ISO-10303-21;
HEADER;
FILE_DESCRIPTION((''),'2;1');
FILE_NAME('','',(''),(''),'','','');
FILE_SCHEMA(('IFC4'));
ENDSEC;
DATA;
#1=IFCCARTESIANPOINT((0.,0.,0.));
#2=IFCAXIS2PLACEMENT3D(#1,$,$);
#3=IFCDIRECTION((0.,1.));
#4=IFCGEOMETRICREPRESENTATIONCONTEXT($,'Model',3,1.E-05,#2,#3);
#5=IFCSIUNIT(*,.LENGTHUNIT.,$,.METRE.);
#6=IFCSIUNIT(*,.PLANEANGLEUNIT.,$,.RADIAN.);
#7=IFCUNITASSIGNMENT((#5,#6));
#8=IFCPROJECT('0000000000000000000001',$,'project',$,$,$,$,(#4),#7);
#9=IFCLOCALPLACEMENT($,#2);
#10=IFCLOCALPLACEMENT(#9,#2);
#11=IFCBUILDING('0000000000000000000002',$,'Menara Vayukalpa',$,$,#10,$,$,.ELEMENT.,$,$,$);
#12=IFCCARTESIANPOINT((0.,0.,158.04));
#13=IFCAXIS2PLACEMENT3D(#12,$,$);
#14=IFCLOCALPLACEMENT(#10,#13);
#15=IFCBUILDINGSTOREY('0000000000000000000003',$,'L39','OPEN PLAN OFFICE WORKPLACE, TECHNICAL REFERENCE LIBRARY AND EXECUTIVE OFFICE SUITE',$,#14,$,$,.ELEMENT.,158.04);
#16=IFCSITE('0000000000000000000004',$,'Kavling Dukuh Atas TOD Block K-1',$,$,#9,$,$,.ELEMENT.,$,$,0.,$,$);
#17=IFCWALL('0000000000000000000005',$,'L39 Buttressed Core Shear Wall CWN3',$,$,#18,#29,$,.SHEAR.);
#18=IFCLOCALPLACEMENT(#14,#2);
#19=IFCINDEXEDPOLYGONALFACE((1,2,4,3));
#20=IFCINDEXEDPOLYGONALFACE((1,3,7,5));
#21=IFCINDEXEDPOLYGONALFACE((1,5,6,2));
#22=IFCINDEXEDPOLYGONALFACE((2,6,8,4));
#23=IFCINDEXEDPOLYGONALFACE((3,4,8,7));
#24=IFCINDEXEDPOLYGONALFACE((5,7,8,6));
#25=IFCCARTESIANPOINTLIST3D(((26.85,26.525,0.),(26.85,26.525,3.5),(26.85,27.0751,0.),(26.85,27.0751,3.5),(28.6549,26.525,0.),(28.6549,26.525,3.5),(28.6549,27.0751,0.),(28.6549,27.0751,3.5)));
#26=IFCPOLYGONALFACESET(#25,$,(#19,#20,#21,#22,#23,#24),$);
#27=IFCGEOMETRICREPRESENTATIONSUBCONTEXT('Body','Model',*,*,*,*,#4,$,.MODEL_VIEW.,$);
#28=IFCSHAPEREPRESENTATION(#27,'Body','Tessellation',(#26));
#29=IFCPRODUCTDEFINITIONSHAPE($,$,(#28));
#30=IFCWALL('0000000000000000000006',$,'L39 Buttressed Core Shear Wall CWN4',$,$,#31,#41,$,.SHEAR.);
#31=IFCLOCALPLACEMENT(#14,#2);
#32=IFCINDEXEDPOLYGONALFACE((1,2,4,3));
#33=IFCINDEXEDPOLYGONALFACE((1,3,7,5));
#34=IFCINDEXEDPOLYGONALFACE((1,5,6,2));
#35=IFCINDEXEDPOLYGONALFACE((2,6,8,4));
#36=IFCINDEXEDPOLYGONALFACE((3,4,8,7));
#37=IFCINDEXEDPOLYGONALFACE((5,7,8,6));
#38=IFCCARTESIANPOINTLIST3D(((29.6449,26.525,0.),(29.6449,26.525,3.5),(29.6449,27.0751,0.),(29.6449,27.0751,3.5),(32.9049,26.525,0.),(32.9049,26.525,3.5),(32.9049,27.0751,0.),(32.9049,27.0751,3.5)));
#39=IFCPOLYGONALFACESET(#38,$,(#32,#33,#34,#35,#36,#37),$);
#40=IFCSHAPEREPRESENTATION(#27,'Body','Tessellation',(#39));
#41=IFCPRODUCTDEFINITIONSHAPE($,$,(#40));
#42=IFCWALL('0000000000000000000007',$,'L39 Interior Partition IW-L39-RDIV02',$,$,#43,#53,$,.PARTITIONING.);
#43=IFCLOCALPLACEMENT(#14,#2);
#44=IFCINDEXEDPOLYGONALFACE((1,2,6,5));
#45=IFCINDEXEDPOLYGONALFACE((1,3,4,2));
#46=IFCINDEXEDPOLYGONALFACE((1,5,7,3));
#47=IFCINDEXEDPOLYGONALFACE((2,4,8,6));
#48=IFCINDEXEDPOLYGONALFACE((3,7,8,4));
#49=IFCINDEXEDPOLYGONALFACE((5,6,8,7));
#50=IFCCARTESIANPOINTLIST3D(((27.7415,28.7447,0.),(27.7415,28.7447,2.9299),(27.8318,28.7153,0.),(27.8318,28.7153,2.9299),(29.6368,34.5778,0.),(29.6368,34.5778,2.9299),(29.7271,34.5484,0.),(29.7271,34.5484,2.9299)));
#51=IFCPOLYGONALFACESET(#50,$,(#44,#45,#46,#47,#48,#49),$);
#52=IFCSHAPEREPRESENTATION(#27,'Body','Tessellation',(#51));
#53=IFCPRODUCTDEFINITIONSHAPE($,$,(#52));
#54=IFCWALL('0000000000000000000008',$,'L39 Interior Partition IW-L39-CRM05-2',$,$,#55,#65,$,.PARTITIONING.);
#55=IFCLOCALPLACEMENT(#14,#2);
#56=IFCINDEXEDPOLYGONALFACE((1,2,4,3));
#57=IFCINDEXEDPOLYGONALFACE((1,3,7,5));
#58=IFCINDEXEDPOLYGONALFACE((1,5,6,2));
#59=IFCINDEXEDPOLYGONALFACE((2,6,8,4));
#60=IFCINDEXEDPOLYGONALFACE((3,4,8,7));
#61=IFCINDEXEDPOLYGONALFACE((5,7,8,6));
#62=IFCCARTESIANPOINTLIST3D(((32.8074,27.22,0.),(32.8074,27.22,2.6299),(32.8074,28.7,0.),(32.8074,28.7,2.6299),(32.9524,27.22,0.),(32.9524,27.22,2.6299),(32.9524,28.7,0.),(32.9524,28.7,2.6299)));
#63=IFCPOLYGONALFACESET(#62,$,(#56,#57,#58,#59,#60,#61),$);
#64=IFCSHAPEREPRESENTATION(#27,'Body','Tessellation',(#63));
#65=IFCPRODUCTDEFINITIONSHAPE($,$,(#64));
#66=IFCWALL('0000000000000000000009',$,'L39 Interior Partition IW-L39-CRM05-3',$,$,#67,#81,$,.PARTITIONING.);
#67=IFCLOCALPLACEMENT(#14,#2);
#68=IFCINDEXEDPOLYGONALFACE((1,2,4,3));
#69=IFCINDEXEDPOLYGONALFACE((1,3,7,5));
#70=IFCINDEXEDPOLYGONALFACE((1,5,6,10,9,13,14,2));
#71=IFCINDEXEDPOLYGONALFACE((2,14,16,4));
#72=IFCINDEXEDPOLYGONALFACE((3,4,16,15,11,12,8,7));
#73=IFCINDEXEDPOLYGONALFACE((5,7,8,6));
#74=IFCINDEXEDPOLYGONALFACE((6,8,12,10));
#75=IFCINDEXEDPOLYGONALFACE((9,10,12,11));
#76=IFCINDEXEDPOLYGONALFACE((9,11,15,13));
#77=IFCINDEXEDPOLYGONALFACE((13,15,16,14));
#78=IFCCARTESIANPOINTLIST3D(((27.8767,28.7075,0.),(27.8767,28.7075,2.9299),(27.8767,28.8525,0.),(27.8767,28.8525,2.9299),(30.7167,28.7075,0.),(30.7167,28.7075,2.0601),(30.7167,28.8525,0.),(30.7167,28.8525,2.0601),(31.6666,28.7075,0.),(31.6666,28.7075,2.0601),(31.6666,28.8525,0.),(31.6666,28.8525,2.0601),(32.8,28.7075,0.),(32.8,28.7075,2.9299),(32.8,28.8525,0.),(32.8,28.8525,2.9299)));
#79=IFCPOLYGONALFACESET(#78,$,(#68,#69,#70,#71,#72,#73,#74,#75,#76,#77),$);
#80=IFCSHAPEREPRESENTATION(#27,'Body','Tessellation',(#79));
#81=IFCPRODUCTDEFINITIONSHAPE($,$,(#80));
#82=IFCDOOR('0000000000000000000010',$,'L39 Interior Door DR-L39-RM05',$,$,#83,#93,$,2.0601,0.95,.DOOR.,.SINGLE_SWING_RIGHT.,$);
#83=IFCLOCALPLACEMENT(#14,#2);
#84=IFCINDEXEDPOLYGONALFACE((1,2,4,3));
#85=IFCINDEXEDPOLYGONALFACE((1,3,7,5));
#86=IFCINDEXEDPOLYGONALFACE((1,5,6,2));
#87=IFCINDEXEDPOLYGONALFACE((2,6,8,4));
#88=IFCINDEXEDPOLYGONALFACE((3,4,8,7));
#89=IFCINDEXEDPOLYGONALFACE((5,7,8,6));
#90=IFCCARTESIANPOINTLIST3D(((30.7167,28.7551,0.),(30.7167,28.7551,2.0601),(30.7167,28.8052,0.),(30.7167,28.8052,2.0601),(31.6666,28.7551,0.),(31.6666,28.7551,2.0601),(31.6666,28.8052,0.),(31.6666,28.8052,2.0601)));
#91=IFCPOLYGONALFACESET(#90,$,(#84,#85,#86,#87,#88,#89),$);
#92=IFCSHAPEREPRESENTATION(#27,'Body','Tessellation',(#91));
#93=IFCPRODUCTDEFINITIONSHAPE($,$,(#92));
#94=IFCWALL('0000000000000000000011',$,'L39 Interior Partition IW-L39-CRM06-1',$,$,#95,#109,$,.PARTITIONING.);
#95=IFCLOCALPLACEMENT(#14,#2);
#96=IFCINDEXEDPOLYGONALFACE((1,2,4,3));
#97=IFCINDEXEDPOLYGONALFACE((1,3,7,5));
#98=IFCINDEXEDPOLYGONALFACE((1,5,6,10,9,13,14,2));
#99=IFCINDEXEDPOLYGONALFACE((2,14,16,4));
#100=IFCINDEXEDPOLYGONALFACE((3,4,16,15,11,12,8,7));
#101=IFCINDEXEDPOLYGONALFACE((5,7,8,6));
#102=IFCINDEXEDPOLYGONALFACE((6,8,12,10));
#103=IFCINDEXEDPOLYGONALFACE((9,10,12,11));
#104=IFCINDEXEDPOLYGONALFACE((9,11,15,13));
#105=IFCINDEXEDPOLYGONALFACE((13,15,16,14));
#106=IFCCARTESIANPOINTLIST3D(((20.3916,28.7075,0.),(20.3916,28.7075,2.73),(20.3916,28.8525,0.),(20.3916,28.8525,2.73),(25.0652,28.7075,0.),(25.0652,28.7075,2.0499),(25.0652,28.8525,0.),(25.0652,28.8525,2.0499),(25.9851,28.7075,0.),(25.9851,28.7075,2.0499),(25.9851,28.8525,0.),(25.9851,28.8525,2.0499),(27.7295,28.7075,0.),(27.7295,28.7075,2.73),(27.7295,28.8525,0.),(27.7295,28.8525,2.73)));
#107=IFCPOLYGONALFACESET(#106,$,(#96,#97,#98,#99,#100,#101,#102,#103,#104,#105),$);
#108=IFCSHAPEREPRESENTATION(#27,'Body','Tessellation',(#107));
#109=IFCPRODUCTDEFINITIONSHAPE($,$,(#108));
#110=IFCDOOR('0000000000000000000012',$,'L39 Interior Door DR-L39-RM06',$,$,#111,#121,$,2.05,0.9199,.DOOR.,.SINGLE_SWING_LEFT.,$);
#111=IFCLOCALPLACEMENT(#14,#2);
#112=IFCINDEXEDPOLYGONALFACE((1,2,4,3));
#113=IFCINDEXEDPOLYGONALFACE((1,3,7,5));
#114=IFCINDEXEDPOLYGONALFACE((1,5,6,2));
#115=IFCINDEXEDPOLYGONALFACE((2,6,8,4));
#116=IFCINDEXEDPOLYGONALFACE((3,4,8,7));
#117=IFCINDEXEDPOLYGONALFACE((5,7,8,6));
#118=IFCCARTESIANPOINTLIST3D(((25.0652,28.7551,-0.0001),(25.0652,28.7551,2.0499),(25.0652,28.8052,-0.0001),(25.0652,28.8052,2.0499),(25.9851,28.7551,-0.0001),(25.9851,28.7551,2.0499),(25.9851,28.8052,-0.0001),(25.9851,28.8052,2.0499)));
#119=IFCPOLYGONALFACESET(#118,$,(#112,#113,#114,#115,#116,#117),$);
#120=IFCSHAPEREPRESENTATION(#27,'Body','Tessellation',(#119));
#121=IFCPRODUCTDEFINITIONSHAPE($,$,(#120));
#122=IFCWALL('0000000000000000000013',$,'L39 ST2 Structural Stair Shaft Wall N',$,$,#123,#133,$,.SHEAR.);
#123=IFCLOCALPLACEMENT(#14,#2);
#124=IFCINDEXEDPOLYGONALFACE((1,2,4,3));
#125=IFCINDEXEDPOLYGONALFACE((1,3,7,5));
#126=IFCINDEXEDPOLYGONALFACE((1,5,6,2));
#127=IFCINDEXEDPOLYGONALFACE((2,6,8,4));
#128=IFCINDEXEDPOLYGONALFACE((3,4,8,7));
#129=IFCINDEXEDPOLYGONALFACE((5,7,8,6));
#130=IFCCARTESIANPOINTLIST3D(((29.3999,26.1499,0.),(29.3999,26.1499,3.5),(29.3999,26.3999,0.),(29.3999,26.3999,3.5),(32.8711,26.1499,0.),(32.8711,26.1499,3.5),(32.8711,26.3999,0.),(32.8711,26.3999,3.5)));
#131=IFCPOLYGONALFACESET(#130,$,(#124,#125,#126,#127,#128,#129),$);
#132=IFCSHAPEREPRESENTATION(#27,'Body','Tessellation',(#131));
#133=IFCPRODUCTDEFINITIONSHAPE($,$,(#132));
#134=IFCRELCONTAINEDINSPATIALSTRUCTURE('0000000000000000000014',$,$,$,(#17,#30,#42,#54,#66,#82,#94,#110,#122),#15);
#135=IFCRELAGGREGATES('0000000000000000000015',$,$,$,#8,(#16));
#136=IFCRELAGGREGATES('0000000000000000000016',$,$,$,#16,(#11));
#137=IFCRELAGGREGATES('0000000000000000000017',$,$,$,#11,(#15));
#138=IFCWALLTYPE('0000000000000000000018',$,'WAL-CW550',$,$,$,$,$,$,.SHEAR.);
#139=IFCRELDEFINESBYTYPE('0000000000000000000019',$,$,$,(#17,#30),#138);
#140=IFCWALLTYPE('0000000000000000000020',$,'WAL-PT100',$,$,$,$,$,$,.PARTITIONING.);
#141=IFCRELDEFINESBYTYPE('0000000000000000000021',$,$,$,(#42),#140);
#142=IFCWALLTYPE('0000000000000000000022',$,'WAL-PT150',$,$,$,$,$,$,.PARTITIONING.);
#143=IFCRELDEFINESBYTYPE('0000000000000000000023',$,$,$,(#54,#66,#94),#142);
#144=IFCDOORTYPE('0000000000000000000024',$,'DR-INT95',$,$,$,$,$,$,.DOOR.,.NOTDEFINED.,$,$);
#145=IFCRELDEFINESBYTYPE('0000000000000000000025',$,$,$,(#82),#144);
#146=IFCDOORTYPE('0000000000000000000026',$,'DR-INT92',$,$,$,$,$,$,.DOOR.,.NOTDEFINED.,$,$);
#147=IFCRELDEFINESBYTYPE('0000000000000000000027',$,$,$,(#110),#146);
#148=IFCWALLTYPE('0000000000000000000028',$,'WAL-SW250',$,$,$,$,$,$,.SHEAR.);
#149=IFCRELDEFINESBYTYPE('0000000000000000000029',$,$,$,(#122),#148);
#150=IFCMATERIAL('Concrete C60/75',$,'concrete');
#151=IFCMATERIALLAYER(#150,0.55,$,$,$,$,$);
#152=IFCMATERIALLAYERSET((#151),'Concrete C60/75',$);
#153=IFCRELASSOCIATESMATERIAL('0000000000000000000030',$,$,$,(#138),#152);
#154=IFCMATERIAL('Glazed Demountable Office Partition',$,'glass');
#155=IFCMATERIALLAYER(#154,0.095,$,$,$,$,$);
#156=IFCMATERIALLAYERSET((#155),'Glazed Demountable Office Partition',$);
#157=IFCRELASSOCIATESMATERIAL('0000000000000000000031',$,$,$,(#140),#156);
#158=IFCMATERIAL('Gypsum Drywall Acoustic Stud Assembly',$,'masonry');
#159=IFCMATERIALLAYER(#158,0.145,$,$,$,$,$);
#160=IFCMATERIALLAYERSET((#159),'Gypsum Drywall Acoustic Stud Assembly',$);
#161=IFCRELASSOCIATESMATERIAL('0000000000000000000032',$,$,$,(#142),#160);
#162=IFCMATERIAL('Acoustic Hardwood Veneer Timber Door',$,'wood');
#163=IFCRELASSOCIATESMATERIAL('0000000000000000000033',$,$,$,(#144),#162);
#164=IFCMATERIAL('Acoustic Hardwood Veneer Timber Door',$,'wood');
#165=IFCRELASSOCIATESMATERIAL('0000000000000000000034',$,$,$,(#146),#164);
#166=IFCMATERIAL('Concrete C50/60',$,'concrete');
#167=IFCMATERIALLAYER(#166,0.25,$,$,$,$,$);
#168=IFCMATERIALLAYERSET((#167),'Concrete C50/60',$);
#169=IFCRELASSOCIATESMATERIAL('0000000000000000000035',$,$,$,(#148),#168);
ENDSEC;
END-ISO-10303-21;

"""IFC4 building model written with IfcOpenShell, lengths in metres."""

from ifc_helpers import new_model, si_unit, direction, frame, frame_2d, origin, place, context, subcontext, project, spatial, rectangle, extrude, material, layer, layer_set, type_object, element, fill, save


model = new_model("IFC4")

# Units and contexts
model_context = context("Model", 3, precision=1e-05, world=origin(), true_north=direction((0.0, 1.0)))
body_context = subcontext(model_context, "Body", "Model", "MODEL_VIEW")
ifc_project = project(units=[si_unit("LENGTHUNIT", "METRE"), si_unit("PLANEANGLEUNIT", "RADIAN")], contexts=[model_context])

# Site, building, storey
site_placement = place(None, origin())
site = spatial("IfcSite", under=ifc_project, at=site_placement, Name="Kavling Dukuh Atas TOD Block K-1", CompositionType="ELEMENT", RefElevation=0.0)
building_placement = place(site_placement, origin())
building = spatial("IfcBuilding", under=site, at=building_placement, Name="Menara Vayukalpa", CompositionType="ELEMENT")
storey_placement = place(building_placement, frame((0.0, 0.0, 158.04)))
storey = spatial("IfcBuildingStorey", under=building, at=storey_placement, Name="L39", Description="OPEN PLAN OFFICE WORKPLACE, TECHNICAL REFERENCE LIBRARY AND EXECUTIVE OFFICE SUITE", CompositionType="ELEMENT", Elevation=158.04)

# Walls
ifc_material_1 = material(Name="Concrete C60/75", Category="concrete")
ifc_layer_1 = layer(ifc_material_1, 0.55)
ifc_layer_set_1 = layer_set([ifc_layer_1], Name="Concrete C60/75")
wall_type_1 = type_object("IfcWallType", Name="WAL-CW550", PredefinedType="SHEAR", material=ifc_layer_set_1)
wall_1_placement = place(storey_placement, frame((26.8501, 26.8, 0.0), z_axis=(0.0, 0.0, 1.0), x_axis=(1.0, 0.0, 0.0)))
element("IfcWall", 1, at=wall_1_placement, inside=storey, type_object=wall_type_1, Name="L39 Buttressed Core Shear Wall CWN3", PredefinedType="SHEAR", context=body_context, shape_type="SweptSolid", body=[
    extrude(rectangle(XDim=1.8049, YDim=0.55, at=frame_2d((0.9023, 0.0))), origin(), (0.0, 0.0, 1.0), 3.5),
])
wall_2_placement = place(storey_placement, frame((29.645, 26.8, 0.0), z_axis=(0.0, 0.0, 1.0), x_axis=(1.0, 0.0, 0.0)))
element("IfcWall", 2, at=wall_2_placement, inside=storey, type_object=wall_type_1, Name="L39 Buttressed Core Shear Wall CWN4", PredefinedType="SHEAR", context=body_context, shape_type="SweptSolid", body=[
    extrude(rectangle(XDim=3.26, YDim=0.55, at=frame_2d((1.6299, 0.0))), origin(), (0.0, 0.0, 1.0), 3.5),
])
ifc_material_2 = material(Name="Glazed Demountable Office Partition", Category="glass")
ifc_layer_2 = layer(ifc_material_2, 0.095)
ifc_layer_set_2 = layer_set([ifc_layer_2], Name="Glazed Demountable Office Partition")
wall_type_2 = type_object("IfcWallType", Name="WAL-PT100", PredefinedType="PARTITIONING", material=ifc_layer_set_2)
wall_3_placement = place(storey_placement, frame((27.7866, 28.73, 0.0), z_axis=(0.0, 0.0, 1.0), x_axis=(0.309018, 0.951056, 0.0)))
element("IfcWall", 3, at=wall_3_placement, inside=storey, type_object=wall_type_2, Name="L39 Interior Partition IW-L39-RDIV02", PredefinedType="PARTITIONING", context=body_context, shape_type="SweptSolid", body=[
    extrude(rectangle(XDim=6.1333, YDim=0.095, at=frame_2d((3.0667, 0.0))), origin(), (0.0, 0.0, 1.0), 2.9299),
])
ifc_material_3 = material(Name="Gypsum Drywall Acoustic Stud Assembly", Category="masonry")
ifc_layer_3 = layer(ifc_material_3, 0.145)
ifc_layer_set_3 = layer_set([ifc_layer_3], Name="Gypsum Drywall Acoustic Stud Assembly")
wall_type_3 = type_object("IfcWallType", Name="WAL-PT150", PredefinedType="PARTITIONING", material=ifc_layer_set_3)
wall_4_placement = place(storey_placement, frame((32.8799, 27.22, 0.0), z_axis=(0.0, 0.0, 1.0), x_axis=(0.0, 1.0, 0.0)))
element("IfcWall", 4, at=wall_4_placement, inside=storey, type_object=wall_type_3, Name="L39 Interior Partition IW-L39-CRM05-2", PredefinedType="PARTITIONING", context=body_context, shape_type="SweptSolid", body=[
    extrude(rectangle(XDim=1.48, YDim=0.145, at=frame_2d((0.74, 0.0))), origin(), (0.0, 0.0, 1.0), 2.6299),
])

# Walls, openings, doors
wall_5_placement = place(storey_placement, frame((32.8, 28.78, 0.0), z_axis=(0.0, 0.0, 1.0), x_axis=(-1.0, 0.0, 0.0)))
wall_5 = element("IfcWall", 5, at=wall_5_placement, inside=storey, type_object=wall_type_3, Name="L39 Interior Partition IW-L39-CRM05-3", PredefinedType="PARTITIONING", context=body_context, shape_type="SweptSolid", body=[
    extrude(rectangle(XDim=4.9233, YDim=0.145, at=frame_2d((2.4617, 0.0))), origin(), (0.0, 0.0, 1.0), 2.9299),
])
opening_1_placement = place(wall_5_placement, frame((1.1333, 0.0, 0.0)))
opening_1 = element("IfcOpeningElement", 6, at=opening_1_placement, cuts=wall_5, PredefinedType="OPENING", context=body_context, shape_type="SweptSolid", body=[
    extrude(rectangle(XDim=0.95, YDim=2.0601, at=frame_2d((0.4751, 1.03))), frame((0.0, 0.0825, 0.0), z_axis=(0.0, -1.0, 0.0), x_axis=(1.0, 0.0, 0.0)), (0.0, 0.0, 1.0), 0.165),
])
ifc_material_4 = material(Name="Acoustic Hardwood Veneer Timber Door", Category="wood")
door_type_1 = type_object("IfcDoorType", Name="DR-INT95", OperationType="NOTDEFINED", PredefinedType="DOOR", material=ifc_material_4)
door_1_placement = place(opening_1_placement, origin())
door_1 = element("IfcDoor", 7, at=door_1_placement, inside=storey, type_object=door_type_1, Name="L39 Interior Door DR-L39-RM05", OperationType="SINGLE_SWING_RIGHT", OverallHeight=2.0601, OverallWidth=0.95, PredefinedType="DOOR", context=body_context, shape_type="SweptSolid", body=[
    extrude(rectangle(XDim=0.95, YDim=2.0601, at=frame_2d((0.4751, 1.03))), frame((0.0, 0.0249, 0.0), z_axis=(0.0, -1.0, 0.0), x_axis=(1.0, 0.0, 0.0)), (0.0, 0.0, 1.0), 0.05),
])
fill(opening_1, door_1)
wall_6_placement = place(storey_placement, frame((27.7295, 28.78, 0.0), z_axis=(0.0, 0.0, 1.0), x_axis=(-1.0, 0.0, 0.0)))
wall_6 = element("IfcWall", 8, at=wall_6_placement, inside=storey, type_object=wall_type_3, Name="L39 Interior Partition IW-L39-CRM06-1", PredefinedType="PARTITIONING", context=body_context, shape_type="SweptSolid", body=[
    extrude(rectangle(XDim=7.3379, YDim=0.145, at=frame_2d((3.6689, 0.0))), origin(), (0.0, 0.0, 1.0), 2.73),
])
opening_2_placement = place(wall_6_placement, frame((1.7444, 0.0, 0.0)))
opening_2 = element("IfcOpeningElement", 9, at=opening_2_placement, cuts=wall_6, PredefinedType="OPENING", context=body_context, shape_type="SweptSolid", body=[
    extrude(rectangle(XDim=0.9199, YDim=2.05, at=frame_2d((0.46, 1.0249))), frame((0.0, 0.0825, 0.0), z_axis=(0.0, -1.0, 0.0), x_axis=(1.0, 0.0, 0.0)), (0.0, 0.0, 1.0), 0.165),
])
ifc_material_5 = material(Name="Acoustic Hardwood Veneer Timber Door", Category="wood")
door_type_2 = type_object("IfcDoorType", Name="DR-INT92", OperationType="NOTDEFINED", PredefinedType="DOOR", material=ifc_material_5)
door_2_placement = place(opening_2_placement, origin())
door_2 = element("IfcDoor", 10, at=door_2_placement, inside=storey, type_object=door_type_2, Name="L39 Interior Door DR-L39-RM06", OperationType="SINGLE_SWING_LEFT", OverallHeight=2.05, OverallWidth=0.9199, PredefinedType="DOOR", context=body_context, shape_type="SweptSolid", body=[
    extrude(rectangle(XDim=0.9199, YDim=2.05, at=frame_2d((0.46, 1.0249))), frame((0.0, 0.0249, 0.0), z_axis=(0.0, -1.0, 0.0), x_axis=(1.0, 0.0, 0.0)), (0.0, 0.0, 1.0), 0.05),
])
fill(opening_2, door_2)

# Wall
ifc_material_6 = material(Name="Concrete C50/60", Category="concrete")
ifc_layer_4 = layer(ifc_material_6, 0.25)
ifc_layer_set_4 = layer_set([ifc_layer_4], Name="Concrete C50/60")
wall_type_4 = type_object("IfcWallType", Name="WAL-SW250", PredefinedType="SHEAR", material=ifc_layer_set_4)
wall_7_placement = place(storey_placement, frame((29.3999, 26.2749, 0.0), z_axis=(0.0, 0.0, 1.0), x_axis=(1.0, 0.0, 0.0)))
element("IfcWall", 11, at=wall_7_placement, inside=storey, type_object=wall_type_4, Name="L39 ST2 Structural Stair Shaft Wall N", PredefinedType="SHEAR", context=body_context, shape_type="SweptSolid", body=[
    extrude(rectangle(XDim=3.4712, YDim=0.25, at=frame_2d((1.7356, 0.0))), origin(), (0.0, 0.0, 1.0), 3.5),
])

save(model, "model.ifc")
